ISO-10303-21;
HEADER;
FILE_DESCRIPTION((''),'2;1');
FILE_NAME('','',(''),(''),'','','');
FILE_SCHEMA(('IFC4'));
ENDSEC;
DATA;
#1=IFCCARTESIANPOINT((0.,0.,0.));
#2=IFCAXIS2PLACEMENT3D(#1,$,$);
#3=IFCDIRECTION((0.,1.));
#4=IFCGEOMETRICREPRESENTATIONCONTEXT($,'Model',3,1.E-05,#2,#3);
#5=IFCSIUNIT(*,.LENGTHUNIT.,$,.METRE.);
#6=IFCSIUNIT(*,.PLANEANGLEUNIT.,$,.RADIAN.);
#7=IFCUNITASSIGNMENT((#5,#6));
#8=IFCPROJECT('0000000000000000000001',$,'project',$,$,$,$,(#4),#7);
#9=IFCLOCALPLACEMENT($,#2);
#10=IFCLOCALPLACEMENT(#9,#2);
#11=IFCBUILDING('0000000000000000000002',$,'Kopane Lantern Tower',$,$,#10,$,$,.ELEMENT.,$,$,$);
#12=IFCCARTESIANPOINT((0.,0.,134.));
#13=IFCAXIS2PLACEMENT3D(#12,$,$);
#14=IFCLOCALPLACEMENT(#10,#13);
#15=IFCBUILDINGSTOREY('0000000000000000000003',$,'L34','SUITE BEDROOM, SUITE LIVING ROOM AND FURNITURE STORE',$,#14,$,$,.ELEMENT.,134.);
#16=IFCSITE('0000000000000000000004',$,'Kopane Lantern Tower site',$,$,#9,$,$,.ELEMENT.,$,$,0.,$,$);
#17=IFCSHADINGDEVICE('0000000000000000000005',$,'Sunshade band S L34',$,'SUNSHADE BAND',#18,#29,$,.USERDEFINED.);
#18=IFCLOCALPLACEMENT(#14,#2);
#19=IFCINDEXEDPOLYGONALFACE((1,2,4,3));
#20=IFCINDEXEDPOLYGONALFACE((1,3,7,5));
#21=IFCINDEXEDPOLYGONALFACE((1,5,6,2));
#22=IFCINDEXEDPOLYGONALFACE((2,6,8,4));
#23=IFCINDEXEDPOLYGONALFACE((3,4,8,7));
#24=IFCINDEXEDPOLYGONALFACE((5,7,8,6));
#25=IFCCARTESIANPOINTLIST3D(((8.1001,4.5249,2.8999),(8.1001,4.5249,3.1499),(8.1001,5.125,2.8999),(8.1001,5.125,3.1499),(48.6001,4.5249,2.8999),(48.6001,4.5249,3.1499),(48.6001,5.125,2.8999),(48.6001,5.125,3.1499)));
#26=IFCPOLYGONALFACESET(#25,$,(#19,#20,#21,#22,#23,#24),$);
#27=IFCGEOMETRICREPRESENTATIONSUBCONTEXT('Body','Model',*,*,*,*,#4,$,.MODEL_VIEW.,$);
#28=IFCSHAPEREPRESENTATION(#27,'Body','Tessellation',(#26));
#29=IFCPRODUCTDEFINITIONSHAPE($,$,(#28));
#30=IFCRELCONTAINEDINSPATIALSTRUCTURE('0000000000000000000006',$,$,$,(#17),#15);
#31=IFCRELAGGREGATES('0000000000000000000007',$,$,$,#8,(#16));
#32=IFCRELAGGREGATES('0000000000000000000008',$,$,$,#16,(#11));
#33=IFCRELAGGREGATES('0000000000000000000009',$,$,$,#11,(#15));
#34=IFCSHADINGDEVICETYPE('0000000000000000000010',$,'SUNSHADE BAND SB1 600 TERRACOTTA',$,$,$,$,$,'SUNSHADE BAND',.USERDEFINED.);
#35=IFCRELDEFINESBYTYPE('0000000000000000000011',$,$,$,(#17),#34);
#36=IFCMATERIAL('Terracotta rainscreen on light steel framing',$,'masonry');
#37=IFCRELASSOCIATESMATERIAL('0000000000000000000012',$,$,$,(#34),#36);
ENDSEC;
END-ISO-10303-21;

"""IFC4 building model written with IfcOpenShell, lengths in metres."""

from ifc_helpers import new_model, si_unit, direction, frame, origin, origin_2d, place, context, subcontext, project, spatial, rectangle, extrude, material, type_object, element, save


model = new_model("IFC4")

# Units and contexts
model_context = context("Model", 3, precision=1e-05, world=origin(), true_north=direction((0.0, 1.0)))
body_context = subcontext(model_context, "Body", "Model", "MODEL_VIEW")
ifc_project = project(units=[si_unit("LENGTHUNIT", "METRE"), si_unit("PLANEANGLEUNIT", "RADIAN")], contexts=[model_context])

# Site, building, storey
site_placement = place(None, origin())
site = spatial("IfcSite", under=ifc_project, at=site_placement, Name="Kopane Lantern Tower site", CompositionType="ELEMENT", RefElevation=0.0)
building_placement = place(site_placement, origin())
building = spatial("IfcBuilding", under=site, at=building_placement, Name="Kopane Lantern Tower", CompositionType="ELEMENT")
storey_placement = place(building_placement, frame((0.0, 0.0, 134.0)))
storey = spatial("IfcBuildingStorey", under=building, at=storey_placement, Name="L34", Description="SUITE BEDROOM, SUITE LIVING ROOM AND FURNITURE STORE", CompositionType="ELEMENT", Elevation=134.0)

# Shading device
ifc_material_1 = material(Name="Terracotta rainscreen on light steel framing", Category="masonry")
shading_device_type = type_object("IfcShadingDeviceType", Name="SUNSHADE BAND SB1 600 TERRACOTTA", ElementType="SUNSHADE BAND", PredefinedType="USERDEFINED", material=ifc_material_1)
shading_device_placement = place(storey_placement, frame((28.3501, 4.825, 2.8999), z_axis=(0.0, 0.0, 1.0), x_axis=(1.0, 0.0, 0.0)))
element("IfcShadingDevice", 1, at=shading_device_placement, inside=storey, type_object=shading_device_type, Name="Sunshade band S L34", ObjectType="SUNSHADE BAND", PredefinedType="USERDEFINED", context=body_context, shape_type="SweptSolid", body=[
    extrude(rectangle(XDim=40.5, YDim=0.6001, at=origin_2d()), origin(), (0.0, 0.0, 1.0), 0.25),
])

save(model, "model.ifc")
